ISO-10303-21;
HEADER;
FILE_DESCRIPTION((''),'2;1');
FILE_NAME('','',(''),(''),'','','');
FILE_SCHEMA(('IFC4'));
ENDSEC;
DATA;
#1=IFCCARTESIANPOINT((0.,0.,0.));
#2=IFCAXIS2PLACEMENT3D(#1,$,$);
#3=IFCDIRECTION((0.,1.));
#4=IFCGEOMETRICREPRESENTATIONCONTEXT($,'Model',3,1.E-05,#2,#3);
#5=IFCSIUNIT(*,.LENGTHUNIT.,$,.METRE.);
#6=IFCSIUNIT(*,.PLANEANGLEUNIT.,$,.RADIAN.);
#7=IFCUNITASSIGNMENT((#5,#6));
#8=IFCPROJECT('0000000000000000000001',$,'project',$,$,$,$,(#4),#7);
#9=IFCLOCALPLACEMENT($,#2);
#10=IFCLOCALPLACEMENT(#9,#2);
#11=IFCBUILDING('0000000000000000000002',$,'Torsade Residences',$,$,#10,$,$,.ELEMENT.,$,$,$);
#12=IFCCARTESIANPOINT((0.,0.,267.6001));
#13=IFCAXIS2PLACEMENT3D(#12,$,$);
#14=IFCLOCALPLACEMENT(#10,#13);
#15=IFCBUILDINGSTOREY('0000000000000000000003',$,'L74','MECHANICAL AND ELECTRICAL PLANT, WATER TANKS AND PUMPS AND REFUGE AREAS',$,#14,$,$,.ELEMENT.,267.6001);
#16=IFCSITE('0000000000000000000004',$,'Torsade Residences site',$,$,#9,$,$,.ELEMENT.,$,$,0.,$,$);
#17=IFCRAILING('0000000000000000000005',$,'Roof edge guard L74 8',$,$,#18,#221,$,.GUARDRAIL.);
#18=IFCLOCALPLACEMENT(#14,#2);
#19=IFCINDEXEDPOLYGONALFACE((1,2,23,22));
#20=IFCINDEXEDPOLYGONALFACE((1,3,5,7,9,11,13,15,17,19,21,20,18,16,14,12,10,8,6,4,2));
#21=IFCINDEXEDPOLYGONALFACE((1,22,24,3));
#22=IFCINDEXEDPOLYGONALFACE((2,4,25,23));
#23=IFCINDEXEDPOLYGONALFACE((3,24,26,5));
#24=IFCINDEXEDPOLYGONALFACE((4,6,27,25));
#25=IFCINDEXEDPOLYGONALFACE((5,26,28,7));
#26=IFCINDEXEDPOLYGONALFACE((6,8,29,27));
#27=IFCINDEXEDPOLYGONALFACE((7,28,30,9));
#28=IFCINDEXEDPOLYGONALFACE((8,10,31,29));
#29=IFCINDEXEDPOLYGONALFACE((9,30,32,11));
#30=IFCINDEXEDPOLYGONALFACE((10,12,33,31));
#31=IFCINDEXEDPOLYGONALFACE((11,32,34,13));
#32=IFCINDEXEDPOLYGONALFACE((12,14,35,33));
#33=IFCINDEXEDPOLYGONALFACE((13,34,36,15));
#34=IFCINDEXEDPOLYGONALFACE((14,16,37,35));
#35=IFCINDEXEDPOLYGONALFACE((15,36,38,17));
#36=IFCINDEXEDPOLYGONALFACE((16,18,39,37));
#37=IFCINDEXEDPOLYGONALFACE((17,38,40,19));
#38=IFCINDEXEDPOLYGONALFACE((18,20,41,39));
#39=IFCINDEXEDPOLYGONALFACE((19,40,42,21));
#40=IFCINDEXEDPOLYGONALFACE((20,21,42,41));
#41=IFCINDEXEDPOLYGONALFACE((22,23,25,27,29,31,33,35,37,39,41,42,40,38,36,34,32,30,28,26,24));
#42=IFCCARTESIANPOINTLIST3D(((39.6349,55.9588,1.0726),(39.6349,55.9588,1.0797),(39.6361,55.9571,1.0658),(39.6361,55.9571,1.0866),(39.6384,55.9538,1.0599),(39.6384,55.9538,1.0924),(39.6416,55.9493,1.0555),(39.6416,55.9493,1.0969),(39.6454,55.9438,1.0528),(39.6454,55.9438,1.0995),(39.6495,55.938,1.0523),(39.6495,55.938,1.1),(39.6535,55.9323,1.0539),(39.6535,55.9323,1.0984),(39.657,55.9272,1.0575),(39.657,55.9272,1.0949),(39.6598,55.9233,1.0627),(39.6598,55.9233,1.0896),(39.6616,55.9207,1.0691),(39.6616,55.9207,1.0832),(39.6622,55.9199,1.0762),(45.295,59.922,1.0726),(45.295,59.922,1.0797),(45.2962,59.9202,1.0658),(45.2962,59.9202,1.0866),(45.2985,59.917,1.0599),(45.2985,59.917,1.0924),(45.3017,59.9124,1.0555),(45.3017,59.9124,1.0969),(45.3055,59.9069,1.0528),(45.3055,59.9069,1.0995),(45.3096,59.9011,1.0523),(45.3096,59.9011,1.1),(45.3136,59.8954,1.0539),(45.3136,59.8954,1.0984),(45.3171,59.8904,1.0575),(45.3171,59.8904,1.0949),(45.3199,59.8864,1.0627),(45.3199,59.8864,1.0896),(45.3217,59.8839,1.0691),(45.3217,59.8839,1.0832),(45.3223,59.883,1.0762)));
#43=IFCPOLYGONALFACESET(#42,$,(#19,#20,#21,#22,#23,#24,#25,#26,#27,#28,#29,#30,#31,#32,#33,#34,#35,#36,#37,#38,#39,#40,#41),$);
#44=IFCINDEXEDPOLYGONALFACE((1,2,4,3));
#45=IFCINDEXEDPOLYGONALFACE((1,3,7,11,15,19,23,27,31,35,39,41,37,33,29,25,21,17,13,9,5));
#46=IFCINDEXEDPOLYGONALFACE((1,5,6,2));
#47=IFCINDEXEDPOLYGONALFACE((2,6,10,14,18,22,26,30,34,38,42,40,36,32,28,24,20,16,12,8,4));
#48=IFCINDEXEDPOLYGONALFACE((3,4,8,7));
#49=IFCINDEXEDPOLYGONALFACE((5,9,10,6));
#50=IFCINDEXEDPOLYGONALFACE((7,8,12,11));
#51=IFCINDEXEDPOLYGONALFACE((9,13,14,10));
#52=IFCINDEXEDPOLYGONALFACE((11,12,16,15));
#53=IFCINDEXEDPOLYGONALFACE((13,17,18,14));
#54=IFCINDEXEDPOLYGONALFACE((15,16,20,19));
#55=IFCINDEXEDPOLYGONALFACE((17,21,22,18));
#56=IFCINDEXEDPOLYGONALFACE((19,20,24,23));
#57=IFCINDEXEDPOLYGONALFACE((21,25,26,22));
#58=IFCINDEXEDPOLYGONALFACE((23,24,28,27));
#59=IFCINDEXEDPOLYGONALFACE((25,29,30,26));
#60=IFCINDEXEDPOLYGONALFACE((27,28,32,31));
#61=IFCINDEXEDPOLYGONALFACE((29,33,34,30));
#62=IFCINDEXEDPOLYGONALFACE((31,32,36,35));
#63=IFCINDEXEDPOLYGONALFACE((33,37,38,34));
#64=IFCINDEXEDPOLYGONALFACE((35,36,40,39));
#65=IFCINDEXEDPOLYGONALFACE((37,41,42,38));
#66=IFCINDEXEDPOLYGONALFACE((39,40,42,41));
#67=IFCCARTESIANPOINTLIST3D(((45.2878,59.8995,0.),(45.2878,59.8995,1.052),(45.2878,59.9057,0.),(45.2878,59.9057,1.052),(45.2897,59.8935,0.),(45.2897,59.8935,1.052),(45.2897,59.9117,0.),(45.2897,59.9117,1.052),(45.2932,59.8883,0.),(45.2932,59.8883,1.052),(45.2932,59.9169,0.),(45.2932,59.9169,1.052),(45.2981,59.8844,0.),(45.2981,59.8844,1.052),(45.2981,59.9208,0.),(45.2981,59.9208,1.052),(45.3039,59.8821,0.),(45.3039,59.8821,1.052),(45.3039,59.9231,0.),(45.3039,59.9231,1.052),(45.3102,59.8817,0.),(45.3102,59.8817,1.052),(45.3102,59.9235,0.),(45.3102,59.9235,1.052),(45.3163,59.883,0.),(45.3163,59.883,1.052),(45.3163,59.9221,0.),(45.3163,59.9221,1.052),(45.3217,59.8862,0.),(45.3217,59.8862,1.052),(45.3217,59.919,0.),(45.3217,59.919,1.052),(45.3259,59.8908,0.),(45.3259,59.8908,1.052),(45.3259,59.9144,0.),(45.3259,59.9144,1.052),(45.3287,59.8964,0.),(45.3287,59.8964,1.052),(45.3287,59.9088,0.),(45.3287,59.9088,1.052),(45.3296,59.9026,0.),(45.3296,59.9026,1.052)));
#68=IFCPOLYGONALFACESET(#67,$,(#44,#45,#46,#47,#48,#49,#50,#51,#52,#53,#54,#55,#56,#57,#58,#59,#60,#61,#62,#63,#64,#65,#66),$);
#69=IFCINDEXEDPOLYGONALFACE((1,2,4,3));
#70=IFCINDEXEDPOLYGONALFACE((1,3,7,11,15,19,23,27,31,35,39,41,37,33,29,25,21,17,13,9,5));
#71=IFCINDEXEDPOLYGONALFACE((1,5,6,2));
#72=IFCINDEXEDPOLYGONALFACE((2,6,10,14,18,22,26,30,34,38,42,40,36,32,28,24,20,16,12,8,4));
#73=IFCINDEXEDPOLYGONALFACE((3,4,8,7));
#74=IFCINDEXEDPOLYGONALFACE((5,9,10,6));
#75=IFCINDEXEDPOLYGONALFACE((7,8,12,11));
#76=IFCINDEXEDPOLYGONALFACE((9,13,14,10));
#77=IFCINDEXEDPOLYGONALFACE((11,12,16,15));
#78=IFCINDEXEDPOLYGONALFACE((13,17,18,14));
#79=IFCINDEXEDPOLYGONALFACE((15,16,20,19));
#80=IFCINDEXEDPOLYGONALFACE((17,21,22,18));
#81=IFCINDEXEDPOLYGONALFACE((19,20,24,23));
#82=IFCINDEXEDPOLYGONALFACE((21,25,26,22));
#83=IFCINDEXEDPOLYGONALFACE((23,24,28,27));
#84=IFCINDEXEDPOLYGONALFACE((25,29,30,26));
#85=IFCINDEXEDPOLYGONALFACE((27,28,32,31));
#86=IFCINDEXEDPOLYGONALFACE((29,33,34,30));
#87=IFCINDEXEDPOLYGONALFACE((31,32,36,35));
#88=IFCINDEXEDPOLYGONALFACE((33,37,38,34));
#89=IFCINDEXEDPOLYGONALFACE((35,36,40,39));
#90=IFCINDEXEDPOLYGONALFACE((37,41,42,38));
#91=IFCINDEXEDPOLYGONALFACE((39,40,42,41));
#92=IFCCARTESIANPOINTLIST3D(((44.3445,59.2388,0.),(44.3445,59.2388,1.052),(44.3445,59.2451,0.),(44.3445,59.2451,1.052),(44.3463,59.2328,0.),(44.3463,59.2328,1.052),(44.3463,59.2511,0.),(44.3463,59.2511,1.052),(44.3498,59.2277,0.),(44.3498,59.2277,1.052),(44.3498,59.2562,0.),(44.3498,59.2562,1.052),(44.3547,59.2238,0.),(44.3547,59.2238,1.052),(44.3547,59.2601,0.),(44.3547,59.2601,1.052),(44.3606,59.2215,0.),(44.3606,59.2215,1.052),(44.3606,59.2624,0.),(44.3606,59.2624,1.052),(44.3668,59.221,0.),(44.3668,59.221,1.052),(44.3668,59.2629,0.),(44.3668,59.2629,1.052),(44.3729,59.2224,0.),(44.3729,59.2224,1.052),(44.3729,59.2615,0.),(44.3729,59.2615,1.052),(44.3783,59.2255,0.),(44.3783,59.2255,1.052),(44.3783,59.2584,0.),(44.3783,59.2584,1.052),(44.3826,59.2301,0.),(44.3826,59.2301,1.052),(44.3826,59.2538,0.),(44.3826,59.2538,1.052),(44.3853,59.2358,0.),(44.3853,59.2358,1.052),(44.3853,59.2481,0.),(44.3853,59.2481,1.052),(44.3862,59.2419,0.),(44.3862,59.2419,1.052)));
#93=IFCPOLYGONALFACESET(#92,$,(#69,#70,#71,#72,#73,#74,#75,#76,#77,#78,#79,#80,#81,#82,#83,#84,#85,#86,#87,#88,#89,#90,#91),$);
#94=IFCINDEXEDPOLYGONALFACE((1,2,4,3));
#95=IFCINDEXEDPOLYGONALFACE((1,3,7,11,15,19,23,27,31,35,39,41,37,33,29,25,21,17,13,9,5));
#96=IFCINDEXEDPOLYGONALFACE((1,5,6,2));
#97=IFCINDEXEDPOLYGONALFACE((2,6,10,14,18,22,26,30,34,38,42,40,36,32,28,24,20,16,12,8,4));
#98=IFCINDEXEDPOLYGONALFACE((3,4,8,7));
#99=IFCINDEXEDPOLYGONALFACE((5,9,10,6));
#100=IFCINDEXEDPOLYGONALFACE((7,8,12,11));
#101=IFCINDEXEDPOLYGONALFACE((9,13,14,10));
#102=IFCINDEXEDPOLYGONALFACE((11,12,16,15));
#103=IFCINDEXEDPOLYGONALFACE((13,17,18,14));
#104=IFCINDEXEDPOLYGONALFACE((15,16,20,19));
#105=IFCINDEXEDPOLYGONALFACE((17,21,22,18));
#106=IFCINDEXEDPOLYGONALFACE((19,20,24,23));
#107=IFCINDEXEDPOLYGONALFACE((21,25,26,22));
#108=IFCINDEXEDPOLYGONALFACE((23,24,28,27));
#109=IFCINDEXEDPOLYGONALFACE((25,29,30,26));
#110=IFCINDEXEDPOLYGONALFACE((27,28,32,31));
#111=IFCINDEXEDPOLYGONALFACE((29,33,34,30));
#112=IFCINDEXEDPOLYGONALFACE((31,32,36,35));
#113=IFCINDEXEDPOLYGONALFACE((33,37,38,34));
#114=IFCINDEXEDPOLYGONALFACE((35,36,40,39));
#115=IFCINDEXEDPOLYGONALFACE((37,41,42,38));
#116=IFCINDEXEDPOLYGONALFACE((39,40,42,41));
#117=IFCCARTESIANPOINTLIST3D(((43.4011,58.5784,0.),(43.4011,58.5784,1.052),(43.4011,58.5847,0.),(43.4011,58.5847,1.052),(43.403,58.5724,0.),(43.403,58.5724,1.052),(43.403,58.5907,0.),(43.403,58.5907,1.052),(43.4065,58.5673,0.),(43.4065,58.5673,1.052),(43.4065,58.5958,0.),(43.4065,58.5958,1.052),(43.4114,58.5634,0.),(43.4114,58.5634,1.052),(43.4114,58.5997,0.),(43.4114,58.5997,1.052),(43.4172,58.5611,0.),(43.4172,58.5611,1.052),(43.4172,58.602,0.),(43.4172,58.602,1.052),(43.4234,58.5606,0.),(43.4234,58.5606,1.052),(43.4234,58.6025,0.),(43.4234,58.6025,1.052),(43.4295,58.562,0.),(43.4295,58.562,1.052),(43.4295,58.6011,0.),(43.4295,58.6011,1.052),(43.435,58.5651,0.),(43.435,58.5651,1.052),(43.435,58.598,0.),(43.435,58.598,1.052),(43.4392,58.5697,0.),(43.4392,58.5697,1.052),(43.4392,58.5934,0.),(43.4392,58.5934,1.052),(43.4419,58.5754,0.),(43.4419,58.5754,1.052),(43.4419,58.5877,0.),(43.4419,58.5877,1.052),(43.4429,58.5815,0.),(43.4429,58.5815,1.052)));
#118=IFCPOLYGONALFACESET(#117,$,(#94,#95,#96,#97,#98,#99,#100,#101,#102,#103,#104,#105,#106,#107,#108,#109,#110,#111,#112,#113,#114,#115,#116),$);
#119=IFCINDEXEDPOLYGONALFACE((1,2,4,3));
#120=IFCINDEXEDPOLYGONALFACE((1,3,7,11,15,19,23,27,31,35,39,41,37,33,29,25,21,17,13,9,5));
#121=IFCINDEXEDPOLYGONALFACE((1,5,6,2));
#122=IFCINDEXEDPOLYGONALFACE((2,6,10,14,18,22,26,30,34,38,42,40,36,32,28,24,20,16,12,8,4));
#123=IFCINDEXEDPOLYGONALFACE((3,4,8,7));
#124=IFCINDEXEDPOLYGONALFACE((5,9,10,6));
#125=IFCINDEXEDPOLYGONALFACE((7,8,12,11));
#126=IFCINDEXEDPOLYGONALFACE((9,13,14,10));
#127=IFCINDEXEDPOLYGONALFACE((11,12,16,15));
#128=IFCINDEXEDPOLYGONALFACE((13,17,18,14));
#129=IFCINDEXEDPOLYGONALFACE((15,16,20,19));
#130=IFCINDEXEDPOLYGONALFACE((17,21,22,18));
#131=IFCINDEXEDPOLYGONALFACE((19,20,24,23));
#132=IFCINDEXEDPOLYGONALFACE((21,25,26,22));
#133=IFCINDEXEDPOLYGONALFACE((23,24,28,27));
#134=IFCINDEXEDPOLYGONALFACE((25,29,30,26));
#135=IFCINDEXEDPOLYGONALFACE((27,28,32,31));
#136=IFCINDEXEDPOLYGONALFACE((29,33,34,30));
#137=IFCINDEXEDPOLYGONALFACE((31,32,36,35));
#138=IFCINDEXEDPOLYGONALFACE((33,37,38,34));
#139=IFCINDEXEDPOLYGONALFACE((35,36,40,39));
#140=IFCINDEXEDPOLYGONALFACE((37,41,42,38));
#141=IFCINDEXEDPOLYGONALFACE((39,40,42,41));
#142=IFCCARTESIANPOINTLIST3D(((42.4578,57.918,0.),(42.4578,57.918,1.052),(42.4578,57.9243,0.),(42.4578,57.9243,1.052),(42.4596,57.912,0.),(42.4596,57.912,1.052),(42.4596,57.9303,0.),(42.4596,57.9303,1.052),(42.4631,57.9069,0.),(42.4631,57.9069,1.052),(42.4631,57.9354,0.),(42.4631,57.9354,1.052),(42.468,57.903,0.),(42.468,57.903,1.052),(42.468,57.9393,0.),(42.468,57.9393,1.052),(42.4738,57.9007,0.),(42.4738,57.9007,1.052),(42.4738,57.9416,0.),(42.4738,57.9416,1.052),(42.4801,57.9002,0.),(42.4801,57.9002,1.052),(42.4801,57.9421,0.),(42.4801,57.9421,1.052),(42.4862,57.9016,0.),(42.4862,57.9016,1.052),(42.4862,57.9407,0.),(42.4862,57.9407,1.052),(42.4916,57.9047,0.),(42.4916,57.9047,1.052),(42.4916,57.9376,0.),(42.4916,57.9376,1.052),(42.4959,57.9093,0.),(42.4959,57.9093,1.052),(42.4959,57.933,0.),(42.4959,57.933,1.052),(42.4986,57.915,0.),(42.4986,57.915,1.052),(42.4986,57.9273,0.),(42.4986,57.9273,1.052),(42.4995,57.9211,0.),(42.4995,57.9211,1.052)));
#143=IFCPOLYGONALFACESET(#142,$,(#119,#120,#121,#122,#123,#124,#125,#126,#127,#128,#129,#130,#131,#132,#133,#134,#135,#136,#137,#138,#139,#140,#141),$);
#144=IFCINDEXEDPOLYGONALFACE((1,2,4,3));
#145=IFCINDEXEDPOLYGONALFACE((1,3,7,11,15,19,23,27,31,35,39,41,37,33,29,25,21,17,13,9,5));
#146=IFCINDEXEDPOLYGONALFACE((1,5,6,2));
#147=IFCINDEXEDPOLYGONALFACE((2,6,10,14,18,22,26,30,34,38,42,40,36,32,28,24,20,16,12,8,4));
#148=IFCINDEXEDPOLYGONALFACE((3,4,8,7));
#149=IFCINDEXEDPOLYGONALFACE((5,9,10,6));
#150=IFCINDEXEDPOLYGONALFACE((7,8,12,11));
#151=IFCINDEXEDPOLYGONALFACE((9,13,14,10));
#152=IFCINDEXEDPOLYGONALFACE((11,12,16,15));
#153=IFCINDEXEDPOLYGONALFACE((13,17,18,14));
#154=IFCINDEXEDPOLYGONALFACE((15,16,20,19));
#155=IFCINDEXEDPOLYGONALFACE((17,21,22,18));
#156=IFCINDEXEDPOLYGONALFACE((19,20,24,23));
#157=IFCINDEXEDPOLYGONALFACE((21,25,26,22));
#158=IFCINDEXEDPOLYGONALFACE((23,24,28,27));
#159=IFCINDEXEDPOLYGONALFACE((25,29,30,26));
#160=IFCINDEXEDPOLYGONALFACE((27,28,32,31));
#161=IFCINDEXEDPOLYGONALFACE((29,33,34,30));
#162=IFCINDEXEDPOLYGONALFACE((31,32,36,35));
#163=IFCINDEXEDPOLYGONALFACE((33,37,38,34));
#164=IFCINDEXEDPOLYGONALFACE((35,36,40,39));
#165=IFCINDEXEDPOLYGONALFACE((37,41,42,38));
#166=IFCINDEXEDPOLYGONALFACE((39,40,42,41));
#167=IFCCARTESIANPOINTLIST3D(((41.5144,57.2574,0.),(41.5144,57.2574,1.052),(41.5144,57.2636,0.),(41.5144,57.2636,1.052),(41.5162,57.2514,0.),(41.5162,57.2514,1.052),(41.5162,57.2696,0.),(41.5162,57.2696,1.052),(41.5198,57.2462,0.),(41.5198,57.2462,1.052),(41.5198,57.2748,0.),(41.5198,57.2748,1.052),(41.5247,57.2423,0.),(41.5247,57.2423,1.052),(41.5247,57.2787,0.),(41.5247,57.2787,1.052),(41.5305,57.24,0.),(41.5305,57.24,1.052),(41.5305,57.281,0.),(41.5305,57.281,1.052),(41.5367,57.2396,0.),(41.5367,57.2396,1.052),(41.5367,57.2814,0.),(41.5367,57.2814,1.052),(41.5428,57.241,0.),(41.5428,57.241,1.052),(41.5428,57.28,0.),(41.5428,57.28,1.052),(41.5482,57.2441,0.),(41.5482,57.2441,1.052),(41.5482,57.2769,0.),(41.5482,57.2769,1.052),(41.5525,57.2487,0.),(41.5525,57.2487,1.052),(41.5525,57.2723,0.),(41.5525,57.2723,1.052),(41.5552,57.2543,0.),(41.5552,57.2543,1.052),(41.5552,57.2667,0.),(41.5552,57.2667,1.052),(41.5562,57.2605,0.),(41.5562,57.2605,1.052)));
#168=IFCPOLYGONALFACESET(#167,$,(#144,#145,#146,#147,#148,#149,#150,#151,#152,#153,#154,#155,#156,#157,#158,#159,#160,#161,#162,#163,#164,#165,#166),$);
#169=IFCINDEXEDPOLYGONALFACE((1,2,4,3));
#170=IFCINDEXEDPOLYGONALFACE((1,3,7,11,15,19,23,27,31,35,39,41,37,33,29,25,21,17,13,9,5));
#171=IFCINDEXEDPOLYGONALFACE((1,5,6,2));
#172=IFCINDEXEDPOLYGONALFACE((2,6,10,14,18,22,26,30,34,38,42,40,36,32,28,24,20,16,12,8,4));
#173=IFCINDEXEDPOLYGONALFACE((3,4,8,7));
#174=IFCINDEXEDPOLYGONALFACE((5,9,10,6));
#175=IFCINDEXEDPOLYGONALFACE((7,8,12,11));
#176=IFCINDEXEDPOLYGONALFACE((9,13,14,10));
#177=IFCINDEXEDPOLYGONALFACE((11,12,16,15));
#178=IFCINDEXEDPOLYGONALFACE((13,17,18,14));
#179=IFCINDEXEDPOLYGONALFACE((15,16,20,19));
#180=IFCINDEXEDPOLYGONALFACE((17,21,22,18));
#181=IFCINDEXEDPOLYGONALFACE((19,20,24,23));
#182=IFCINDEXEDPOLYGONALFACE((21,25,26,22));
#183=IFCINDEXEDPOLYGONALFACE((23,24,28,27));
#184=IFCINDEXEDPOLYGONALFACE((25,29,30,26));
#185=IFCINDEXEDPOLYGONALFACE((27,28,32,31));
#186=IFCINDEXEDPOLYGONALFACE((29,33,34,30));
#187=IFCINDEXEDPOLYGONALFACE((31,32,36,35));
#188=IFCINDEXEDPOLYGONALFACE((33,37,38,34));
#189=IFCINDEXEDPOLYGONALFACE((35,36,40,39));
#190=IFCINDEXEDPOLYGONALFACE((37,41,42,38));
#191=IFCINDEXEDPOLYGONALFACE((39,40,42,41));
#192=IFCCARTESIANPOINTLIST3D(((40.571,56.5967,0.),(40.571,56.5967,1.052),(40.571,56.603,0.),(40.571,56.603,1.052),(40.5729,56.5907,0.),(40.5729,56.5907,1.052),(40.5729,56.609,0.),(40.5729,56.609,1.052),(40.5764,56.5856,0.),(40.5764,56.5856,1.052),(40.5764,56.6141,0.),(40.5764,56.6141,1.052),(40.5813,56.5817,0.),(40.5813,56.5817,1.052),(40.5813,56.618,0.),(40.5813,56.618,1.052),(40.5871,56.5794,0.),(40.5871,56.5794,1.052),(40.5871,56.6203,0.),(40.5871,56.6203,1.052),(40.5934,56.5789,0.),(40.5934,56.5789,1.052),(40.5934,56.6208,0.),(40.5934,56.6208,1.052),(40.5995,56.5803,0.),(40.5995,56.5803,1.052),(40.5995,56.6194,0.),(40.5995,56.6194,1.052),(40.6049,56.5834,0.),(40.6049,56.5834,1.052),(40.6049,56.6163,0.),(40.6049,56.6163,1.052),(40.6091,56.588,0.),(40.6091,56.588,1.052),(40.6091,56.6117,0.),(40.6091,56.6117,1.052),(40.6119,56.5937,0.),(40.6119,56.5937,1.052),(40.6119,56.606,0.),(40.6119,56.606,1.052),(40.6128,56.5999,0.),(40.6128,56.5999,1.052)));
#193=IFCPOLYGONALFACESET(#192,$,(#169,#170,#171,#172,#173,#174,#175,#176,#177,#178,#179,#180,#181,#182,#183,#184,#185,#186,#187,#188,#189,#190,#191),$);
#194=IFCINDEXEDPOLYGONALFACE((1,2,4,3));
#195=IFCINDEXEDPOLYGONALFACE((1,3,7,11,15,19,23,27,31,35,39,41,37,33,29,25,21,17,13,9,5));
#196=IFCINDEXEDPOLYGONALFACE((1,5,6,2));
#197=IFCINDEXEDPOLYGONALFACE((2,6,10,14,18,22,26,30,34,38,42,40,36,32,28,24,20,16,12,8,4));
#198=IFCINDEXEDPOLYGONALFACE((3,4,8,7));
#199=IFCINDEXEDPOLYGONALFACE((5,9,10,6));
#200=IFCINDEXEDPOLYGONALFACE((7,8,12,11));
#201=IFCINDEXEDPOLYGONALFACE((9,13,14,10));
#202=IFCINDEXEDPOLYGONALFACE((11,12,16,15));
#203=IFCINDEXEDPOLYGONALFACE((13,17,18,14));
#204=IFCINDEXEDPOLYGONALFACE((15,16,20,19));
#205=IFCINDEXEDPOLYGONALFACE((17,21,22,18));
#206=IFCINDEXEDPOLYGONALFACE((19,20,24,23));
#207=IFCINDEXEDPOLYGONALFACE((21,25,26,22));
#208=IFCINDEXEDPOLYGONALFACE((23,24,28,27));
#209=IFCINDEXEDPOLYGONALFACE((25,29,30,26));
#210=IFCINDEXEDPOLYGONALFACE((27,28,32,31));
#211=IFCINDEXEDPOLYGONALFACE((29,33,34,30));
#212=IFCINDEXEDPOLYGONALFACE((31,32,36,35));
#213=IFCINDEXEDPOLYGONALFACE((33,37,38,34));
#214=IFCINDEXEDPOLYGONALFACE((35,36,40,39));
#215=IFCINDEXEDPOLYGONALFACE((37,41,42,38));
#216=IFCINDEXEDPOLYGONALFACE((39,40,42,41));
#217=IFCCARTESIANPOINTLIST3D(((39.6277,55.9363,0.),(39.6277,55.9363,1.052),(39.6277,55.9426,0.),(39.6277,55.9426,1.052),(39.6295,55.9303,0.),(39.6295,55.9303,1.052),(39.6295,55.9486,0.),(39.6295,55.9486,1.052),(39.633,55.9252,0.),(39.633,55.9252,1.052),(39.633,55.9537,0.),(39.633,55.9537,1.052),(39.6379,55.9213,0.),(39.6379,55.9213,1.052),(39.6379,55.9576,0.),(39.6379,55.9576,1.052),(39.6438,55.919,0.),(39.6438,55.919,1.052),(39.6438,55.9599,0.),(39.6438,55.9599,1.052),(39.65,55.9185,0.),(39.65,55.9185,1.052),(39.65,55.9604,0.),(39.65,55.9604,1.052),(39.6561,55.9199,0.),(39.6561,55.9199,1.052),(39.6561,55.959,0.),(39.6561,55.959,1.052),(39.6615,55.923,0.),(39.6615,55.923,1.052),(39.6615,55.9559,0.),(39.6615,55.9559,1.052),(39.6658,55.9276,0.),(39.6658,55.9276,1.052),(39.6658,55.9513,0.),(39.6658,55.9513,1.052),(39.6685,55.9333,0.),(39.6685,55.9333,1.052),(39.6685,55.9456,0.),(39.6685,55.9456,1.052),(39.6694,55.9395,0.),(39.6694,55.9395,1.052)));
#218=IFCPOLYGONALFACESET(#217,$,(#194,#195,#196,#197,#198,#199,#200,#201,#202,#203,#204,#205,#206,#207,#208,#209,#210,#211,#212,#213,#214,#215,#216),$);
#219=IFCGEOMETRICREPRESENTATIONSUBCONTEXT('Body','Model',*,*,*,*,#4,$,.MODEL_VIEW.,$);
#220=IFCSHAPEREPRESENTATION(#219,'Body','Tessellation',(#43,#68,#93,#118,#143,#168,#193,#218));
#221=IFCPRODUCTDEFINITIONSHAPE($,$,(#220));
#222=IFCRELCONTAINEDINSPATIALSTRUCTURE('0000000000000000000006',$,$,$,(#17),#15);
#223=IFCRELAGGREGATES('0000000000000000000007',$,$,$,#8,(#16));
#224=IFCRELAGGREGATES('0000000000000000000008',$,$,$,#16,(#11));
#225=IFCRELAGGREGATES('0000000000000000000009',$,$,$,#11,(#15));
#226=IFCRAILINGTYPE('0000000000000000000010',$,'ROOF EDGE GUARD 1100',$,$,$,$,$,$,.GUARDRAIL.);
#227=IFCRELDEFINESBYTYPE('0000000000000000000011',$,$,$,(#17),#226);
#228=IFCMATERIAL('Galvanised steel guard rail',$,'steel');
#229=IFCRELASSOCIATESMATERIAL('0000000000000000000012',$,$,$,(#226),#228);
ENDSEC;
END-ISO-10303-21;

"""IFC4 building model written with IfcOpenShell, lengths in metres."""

from ifc_helpers import new_model, si_unit, direction, frame, origin, origin_2d, place, context, subcontext, project, spatial, circle, extrude, material, type_object, element, save


model = new_model("IFC4")

# Units and contexts
model_context = context("Model", 3, precision=1e-05, world=origin(), true_north=direction((0.0, 1.0)))
body_context = subcontext(model_context, "Body", "Model", "MODEL_VIEW")
ifc_project = project(units=[si_unit("LENGTHUNIT", "METRE"), si_unit("PLANEANGLEUNIT", "RADIAN")], contexts=[model_context])

# Site, building, storey
site_placement = place(None, origin())
site = spatial("IfcSite", under=ifc_project, at=site_placement, Name="Torsade Residences site", CompositionType="ELEMENT", RefElevation=0.0)
building_placement = place(site_placement, origin())
building = spatial("IfcBuilding", under=site, at=building_placement, Name="Torsade Residences", CompositionType="ELEMENT")
storey_placement = place(building_placement, frame((0.0, 0.0, 267.6001)))
storey = spatial("IfcBuildingStorey", under=building, at=storey_placement, Name="L74", Description="MECHANICAL AND ELECTRICAL PLANT, WATER TANKS AND PUMPS AND REFUGE AREAS", CompositionType="ELEMENT", Elevation=267.6001)

# Railing
ifc_material_1 = material(Name="Galvanised steel guard rail", Category="steel")
railing_type = type_object("IfcRailingType", Name="ROOF EDGE GUARD 1100", PredefinedType="GUARDRAIL", material=ifc_material_1)
railing_1_placement = place(storey_placement, frame((45.3086, 59.9026, 0.0)))
element("IfcRailing", 1, at=railing_1_placement, inside=storey, type_object=railing_type, Name="Roof edge guard L74 8", PredefinedType="GUARDRAIL", context=body_context, shape_type="SweptSolid", body=[
    extrude(circle(Radius=0.0239, at=origin_2d()), frame((0.0, 0.0, 1.0762), z_axis=(-0.819162, -0.573562, 0.0), x_axis=(0.573562, -0.819162, 0.0)), (0.0, 0.0, 1.0), 6.9097),
    extrude(circle(Radius=0.021, at=origin_2d()), origin(), (0.0, 0.0, 1.0), 1.052),
    extrude(circle(Radius=0.021, at=origin_2d()), frame((-0.9434, -0.6606, 0.0)), (0.0, 0.0, 1.0), 1.052),
    extrude(circle(Radius=0.021, at=origin_2d()), frame((-1.8867, -1.321, 0.0)), (0.0, 0.0, 1.0), 1.052),
    extrude(circle(Radius=0.021, at=origin_2d()), frame((-2.8301, -1.9814, 0.0)), (0.0, 0.0, 1.0), 1.052),
    extrude(circle(Radius=0.021, at=origin_2d()), frame((-3.7734, -2.6421, 0.0)), (0.0, 0.0, 1.0), 1.052),
    extrude(circle(Radius=0.021, at=origin_2d()), frame((-4.7168, -3.3027, 0.0)), (0.0, 0.0, 1.0), 1.052),
    extrude(circle(Radius=0.021, at=origin_2d()), frame((-5.6602, -3.9631, 0.0)), (0.0, 0.0, 1.0), 1.052),
])

save(model, "model.ifc")
